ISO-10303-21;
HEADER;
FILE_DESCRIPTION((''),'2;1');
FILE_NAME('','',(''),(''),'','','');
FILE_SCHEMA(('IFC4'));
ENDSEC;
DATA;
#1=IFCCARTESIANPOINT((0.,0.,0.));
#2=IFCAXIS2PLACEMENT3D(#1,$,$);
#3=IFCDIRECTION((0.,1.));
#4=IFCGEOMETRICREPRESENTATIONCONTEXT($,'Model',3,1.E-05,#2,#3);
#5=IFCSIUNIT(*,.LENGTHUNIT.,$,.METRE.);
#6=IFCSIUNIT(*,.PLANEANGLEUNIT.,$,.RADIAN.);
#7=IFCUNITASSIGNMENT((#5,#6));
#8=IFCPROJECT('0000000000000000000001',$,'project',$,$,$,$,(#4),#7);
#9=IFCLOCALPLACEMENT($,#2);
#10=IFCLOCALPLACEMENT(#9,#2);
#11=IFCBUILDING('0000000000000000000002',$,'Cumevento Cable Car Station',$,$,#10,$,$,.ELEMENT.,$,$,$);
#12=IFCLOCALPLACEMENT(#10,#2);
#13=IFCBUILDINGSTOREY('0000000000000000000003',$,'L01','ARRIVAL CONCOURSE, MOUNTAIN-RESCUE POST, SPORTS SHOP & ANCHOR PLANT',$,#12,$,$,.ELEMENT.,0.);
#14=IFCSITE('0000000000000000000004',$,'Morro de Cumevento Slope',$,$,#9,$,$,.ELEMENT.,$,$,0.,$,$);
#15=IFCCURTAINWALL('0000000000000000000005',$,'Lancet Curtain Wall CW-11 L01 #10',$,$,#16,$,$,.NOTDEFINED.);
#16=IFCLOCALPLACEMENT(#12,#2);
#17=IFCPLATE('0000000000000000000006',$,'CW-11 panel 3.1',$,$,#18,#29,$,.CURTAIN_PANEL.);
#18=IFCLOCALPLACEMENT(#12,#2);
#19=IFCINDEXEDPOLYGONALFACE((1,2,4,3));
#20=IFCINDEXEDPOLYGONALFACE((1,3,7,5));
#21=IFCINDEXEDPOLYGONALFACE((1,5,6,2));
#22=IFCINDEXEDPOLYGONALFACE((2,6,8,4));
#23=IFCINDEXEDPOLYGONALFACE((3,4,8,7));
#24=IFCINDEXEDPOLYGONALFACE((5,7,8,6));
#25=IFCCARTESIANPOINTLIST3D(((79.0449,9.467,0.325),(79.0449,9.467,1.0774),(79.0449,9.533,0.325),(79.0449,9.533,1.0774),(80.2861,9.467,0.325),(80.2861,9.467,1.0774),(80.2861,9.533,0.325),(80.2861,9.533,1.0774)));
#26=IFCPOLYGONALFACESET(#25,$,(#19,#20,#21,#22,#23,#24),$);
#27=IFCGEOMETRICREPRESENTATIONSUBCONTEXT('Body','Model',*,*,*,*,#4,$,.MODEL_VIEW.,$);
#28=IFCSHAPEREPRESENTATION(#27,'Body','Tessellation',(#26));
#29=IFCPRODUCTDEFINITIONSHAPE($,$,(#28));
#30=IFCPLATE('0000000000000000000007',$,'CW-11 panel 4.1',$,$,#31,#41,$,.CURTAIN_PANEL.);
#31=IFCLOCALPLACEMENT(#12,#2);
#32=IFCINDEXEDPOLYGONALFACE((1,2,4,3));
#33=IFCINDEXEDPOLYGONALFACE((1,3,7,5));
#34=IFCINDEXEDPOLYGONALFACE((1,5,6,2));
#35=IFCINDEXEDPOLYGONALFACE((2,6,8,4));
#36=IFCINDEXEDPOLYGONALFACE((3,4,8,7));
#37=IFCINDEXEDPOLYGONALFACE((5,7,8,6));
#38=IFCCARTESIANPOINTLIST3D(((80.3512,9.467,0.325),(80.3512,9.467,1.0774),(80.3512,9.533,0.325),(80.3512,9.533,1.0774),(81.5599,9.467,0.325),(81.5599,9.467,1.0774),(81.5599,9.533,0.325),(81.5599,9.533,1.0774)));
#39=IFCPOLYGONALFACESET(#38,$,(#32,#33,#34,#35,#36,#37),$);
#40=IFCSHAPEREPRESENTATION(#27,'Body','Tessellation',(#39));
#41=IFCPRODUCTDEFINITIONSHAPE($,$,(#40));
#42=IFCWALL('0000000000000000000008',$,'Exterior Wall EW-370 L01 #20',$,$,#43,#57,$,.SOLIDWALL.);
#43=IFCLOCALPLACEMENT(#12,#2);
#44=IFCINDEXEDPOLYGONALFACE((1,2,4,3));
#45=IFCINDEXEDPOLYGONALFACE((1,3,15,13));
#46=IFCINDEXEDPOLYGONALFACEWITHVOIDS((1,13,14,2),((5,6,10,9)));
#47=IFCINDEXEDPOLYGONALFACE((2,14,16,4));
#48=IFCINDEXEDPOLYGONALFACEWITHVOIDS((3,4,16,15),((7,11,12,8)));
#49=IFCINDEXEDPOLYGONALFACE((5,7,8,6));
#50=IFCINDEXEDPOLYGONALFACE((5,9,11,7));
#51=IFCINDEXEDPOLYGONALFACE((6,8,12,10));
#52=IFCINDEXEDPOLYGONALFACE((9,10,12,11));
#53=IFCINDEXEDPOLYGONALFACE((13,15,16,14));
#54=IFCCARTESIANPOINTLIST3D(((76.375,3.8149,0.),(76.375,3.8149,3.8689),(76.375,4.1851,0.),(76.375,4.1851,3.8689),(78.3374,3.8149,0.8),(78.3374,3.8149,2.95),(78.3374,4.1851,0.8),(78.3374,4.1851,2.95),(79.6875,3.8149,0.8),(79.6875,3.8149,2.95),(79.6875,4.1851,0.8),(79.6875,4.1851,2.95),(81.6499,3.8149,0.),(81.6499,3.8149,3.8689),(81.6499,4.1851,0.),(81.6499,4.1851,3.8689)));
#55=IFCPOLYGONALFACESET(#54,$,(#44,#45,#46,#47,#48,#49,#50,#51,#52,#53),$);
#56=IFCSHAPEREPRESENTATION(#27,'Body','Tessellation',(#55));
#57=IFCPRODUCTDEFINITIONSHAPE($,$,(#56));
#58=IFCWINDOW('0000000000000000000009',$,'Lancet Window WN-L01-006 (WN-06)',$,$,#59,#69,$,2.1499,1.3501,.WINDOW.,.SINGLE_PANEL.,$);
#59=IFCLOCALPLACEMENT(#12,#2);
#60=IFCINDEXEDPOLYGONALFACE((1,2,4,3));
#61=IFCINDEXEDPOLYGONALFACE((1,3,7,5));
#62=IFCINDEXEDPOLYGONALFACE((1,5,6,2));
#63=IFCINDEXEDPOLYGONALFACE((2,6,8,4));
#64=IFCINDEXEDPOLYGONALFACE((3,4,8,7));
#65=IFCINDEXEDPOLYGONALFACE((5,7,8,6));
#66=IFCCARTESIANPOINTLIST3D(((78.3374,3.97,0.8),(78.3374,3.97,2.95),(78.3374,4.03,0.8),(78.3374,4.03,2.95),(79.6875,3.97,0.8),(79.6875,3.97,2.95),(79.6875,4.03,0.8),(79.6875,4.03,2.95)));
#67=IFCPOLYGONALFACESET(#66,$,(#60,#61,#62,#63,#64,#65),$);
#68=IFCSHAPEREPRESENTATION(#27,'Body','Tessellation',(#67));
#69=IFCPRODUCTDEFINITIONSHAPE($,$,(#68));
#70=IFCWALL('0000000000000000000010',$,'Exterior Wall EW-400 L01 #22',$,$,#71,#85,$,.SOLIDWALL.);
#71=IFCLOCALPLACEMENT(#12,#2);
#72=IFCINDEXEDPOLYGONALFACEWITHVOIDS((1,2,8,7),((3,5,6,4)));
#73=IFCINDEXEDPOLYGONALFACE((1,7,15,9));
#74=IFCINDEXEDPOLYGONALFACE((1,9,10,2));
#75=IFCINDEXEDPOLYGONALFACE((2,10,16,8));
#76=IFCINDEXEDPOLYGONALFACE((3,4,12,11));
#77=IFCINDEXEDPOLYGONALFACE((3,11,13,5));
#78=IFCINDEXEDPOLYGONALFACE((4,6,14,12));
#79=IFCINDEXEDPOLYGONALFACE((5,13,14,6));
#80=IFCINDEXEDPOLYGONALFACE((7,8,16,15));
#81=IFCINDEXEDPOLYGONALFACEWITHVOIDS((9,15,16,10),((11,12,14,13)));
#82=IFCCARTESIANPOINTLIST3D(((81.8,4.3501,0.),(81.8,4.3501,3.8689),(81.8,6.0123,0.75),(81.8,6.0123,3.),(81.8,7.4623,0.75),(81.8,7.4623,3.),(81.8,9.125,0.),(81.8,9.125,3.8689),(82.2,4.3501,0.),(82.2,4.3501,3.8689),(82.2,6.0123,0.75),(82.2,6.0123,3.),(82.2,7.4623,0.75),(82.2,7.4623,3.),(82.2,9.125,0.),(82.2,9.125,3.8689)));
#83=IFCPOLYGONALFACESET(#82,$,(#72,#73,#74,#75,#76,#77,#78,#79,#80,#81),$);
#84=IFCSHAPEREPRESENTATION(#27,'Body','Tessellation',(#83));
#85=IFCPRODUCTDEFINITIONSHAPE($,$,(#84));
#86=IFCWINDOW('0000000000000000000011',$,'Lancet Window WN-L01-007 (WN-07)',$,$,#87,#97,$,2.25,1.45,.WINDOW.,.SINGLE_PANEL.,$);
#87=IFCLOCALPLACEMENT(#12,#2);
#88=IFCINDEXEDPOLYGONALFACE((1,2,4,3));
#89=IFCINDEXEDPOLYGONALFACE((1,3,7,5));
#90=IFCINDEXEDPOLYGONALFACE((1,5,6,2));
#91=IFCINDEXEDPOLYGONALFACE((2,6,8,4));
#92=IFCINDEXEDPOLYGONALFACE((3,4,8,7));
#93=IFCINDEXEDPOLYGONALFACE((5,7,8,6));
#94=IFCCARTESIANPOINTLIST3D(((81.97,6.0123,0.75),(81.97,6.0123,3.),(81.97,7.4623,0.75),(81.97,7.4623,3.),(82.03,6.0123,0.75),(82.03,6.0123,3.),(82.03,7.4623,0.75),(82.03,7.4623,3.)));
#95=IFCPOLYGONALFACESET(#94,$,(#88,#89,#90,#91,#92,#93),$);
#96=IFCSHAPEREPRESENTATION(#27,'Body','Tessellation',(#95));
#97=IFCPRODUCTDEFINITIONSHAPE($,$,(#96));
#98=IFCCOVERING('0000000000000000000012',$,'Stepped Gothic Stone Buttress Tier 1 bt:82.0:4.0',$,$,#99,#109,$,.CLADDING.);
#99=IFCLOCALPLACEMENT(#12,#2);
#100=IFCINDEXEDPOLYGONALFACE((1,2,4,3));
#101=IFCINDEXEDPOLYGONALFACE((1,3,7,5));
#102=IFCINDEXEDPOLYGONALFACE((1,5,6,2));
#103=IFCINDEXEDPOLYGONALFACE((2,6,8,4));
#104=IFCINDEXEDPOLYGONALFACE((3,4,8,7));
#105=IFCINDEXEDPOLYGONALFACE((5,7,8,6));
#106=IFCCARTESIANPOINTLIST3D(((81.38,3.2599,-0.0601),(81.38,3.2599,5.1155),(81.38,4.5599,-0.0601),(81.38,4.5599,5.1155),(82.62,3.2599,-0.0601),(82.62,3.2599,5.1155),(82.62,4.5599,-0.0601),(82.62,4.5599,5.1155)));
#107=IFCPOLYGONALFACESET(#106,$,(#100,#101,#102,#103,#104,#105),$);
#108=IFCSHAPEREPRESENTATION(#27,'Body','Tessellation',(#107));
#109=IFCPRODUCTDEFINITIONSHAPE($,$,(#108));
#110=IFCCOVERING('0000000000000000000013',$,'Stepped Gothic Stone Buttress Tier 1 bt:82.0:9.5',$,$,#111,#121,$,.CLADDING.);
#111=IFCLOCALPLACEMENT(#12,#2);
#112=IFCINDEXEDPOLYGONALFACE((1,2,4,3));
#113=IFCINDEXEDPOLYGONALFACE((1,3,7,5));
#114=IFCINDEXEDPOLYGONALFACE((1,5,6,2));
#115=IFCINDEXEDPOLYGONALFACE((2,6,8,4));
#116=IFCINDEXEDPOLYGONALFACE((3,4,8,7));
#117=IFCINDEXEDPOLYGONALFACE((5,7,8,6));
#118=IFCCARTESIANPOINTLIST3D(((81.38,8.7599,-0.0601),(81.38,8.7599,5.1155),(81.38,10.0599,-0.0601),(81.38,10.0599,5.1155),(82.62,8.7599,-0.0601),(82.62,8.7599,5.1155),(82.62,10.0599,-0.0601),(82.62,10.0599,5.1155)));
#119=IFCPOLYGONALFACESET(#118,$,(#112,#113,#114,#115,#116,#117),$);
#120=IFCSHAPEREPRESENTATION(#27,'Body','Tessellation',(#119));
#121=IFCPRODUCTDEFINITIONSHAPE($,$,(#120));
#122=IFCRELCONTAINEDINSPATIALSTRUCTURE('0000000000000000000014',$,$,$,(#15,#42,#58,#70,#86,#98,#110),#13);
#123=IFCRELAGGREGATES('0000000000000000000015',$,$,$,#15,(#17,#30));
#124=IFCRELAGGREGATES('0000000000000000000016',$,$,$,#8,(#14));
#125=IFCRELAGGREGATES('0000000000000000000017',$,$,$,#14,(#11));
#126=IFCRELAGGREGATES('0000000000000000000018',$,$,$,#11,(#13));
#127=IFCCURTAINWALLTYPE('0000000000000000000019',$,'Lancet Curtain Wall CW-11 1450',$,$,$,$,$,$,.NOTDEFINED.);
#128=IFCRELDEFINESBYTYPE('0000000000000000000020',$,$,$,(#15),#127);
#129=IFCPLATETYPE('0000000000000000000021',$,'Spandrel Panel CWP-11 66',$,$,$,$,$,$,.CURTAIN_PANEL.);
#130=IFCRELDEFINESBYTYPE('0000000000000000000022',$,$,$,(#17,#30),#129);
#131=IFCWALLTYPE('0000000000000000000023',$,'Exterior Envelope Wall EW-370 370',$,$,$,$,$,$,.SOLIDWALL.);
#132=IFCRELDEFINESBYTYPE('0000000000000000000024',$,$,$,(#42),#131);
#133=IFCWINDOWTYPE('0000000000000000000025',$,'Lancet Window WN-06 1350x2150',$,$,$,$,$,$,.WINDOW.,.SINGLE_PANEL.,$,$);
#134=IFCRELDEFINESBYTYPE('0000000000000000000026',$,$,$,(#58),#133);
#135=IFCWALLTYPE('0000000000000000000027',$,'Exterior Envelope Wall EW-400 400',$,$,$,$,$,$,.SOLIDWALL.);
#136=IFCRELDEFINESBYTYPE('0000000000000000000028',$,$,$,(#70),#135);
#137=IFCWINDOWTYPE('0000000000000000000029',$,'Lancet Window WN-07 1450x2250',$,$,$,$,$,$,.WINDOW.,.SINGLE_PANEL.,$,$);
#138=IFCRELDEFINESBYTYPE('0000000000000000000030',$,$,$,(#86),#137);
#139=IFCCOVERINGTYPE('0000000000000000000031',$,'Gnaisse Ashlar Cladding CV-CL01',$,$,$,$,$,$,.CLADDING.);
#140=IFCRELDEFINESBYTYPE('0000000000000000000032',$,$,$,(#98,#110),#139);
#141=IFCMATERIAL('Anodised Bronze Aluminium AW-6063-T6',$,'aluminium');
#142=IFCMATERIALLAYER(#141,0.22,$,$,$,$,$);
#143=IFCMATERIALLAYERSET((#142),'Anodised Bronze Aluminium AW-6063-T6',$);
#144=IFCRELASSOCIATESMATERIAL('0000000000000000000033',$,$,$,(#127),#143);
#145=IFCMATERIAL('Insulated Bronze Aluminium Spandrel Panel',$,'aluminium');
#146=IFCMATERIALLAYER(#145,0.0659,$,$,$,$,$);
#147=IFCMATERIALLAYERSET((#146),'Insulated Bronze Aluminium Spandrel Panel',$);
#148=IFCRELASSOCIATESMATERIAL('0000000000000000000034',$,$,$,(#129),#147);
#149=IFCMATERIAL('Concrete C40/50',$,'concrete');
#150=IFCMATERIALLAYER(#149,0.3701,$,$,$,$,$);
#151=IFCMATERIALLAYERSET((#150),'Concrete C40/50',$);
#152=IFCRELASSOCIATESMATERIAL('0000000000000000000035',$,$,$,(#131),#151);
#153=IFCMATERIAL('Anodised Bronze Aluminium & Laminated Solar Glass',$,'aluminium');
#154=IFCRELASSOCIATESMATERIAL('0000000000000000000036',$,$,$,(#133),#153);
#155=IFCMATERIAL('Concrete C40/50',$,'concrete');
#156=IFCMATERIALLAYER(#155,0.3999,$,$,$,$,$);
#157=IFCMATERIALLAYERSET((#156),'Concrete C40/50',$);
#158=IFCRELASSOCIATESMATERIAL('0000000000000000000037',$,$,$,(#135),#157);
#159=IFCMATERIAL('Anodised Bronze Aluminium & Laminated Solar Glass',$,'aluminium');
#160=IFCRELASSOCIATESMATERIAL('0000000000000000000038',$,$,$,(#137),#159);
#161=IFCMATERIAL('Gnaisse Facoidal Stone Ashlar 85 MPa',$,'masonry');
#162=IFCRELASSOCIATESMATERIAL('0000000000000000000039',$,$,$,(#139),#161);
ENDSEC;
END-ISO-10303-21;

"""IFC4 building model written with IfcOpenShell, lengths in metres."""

from ifc_helpers import new_model, si_unit, direction, frame, frame_2d, origin, origin_2d, place, context, subcontext, project, spatial, rectangle, extrude, material, layer, layer_set, type_object, element, fill, aggregate, save


model = new_model("IFC4")

# Units and contexts
model_context = context("Model", 3, precision=1e-05, world=origin(), true_north=direction((0.0, 1.0)))
body_context = subcontext(model_context, "Body", "Model", "MODEL_VIEW")
ifc_project = project(units=[si_unit("LENGTHUNIT", "METRE"), si_unit("PLANEANGLEUNIT", "RADIAN")], contexts=[model_context])

# Site, building, storey
site_placement = place(None, origin())
site = spatial("IfcSite", under=ifc_project, at=site_placement, Name="Morro de Cumevento Slope", CompositionType="ELEMENT", RefElevation=0.0)
building_placement = place(site_placement, origin())
building = spatial("IfcBuilding", under=site, at=building_placement, Name="Cumevento Cable Car Station", CompositionType="ELEMENT")
storey_placement = place(building_placement, origin())
storey = spatial("IfcBuildingStorey", under=building, at=storey_placement, Name="L01", Description="ARRIVAL CONCOURSE, MOUNTAIN-RESCUE POST, SPORTS SHOP & ANCHOR PLANT", CompositionType="ELEMENT", Elevation=0.0)

# Curtain wall, plates
ifc_material_1 = material(Name="Anodised Bronze Aluminium AW-6063-T6", Category="aluminium")
ifc_layer_1 = layer(ifc_material_1, 0.22)
ifc_layer_set_1 = layer_set([ifc_layer_1], Name="Anodised Bronze Aluminium AW-6063-T6")
curtain_wall_type = type_object("IfcCurtainWallType", Name="Lancet Curtain Wall CW-11 1450", PredefinedType="NOTDEFINED", material=ifc_layer_set_1)
curtain_wall_placement = place(storey_placement, origin())
curtain_wall = element("IfcCurtainWall", 1, at=curtain_wall_placement, inside=storey, type_object=curtain_wall_type, Name="Lancet Curtain Wall CW-11 L01 #10", PredefinedType="NOTDEFINED")
ifc_material_2 = material(Name="Insulated Bronze Aluminium Spandrel Panel", Category="aluminium")
ifc_layer_2 = layer(ifc_material_2, 0.0659)
ifc_layer_set_2 = layer_set([ifc_layer_2], Name="Insulated Bronze Aluminium Spandrel Panel")
plate_type = type_object("IfcPlateType", Name="Spandrel Panel CWP-11 66", PredefinedType="CURTAIN_PANEL", material=ifc_layer_set_2)
plate_1_placement = place(storey_placement, frame((79.6655, 9.5, 0.325), z_axis=(0.0, 0.0, 1.0), x_axis=(1.0, 0.0, 0.0)))
plate_1 = element("IfcPlate", 2, at=plate_1_placement, type_object=plate_type, Name="CW-11 panel 3.1", PredefinedType="CURTAIN_PANEL", context=body_context, shape_type="SweptSolid", body=[
    extrude(rectangle(XDim=1.2412, YDim=0.0659, at=origin_2d()), origin(), (0.0, 0.0, 1.0), 0.7524),
])
plate_2_placement = place(storey_placement, frame((80.9556, 9.5, 0.325), z_axis=(0.0, 0.0, 1.0), x_axis=(1.0, 0.0, 0.0)))
plate_2 = element("IfcPlate", 3, at=plate_2_placement, type_object=plate_type, Name="CW-11 panel 4.1", PredefinedType="CURTAIN_PANEL", context=body_context, shape_type="SweptSolid", body=[
    extrude(rectangle(XDim=1.2087, YDim=0.0659, at=origin_2d()), origin(), (0.0, 0.0, 1.0), 0.7524),
])
aggregate(curtain_wall, [plate_1, plate_2])

# Walls, openings, windows
ifc_material_3 = material(Name="Concrete C40/50", Category="concrete")
ifc_layer_3 = layer(ifc_material_3, 0.3701)
ifc_layer_set_3 = layer_set([ifc_layer_3], Name="Concrete C40/50")
wall_type_1 = type_object("IfcWallType", Name="Exterior Envelope Wall EW-370 370", PredefinedType="SOLIDWALL", material=ifc_layer_set_3)
wall_1_placement = place(storey_placement, frame((81.6499, 4.0, 0.0), z_axis=(0.0, 0.0, 1.0), x_axis=(-1.0, 0.0, 0.0)))
wall_1 = element("IfcWall", 4, at=wall_1_placement, inside=storey, type_object=wall_type_1, Name="Exterior Wall EW-370 L01 #20", PredefinedType="SOLIDWALL", context=body_context, shape_type="SweptSolid", body=[
    extrude(rectangle(XDim=5.2749, YDim=0.3701, at=frame_2d((2.6375, 0.0))), origin(), (0.0, 0.0, 1.0), 3.8689),
])
opening_1_placement = place(wall_1_placement, frame((1.9624, 0.0, 0.8)))
opening_1 = element("IfcOpeningElement", 5, at=opening_1_placement, cuts=wall_1, PredefinedType="OPENING", context=body_context, shape_type="SweptSolid", body=[
    extrude(rectangle(XDim=1.3501, YDim=2.1499, at=frame_2d((0.675, 1.075))), frame((0.0, 0.1951, 0.0), z_axis=(0.0, -1.0, 0.0), x_axis=(1.0, 0.0, 0.0)), (0.0, 0.0, 1.0), 0.3901),
])
ifc_material_4 = material(Name="Anodised Bronze Aluminium & Laminated Solar Glass", Category="aluminium")
window_type_1 = type_object("IfcWindowType", Name="Lancet Window WN-06 1350x2150", PartitioningType="SINGLE_PANEL", PredefinedType="WINDOW", material=ifc_material_4)
window_1_placement = place(opening_1_placement, origin())
window_1 = element("IfcWindow", 6, at=window_1_placement, inside=storey, type_object=window_type_1, Name="Lancet Window WN-L01-006 (WN-06)", OverallHeight=2.1499, OverallWidth=1.3501, PartitioningType="SINGLE_PANEL", PredefinedType="WINDOW", context=body_context, shape_type="SweptSolid", body=[
    extrude(rectangle(XDim=1.3501, YDim=2.1499, at=frame_2d((0.675, 1.075))), frame((0.0, 0.03, 0.0), z_axis=(0.0, -1.0, 0.0), x_axis=(1.0, 0.0, 0.0)), (0.0, 0.0, 1.0), 0.0601),
])
fill(opening_1, window_1)
ifc_material_5 = material(Name="Concrete C40/50", Category="concrete")
ifc_layer_4 = layer(ifc_material_5, 0.3999)
ifc_layer_set_4 = layer_set([ifc_layer_4], Name="Concrete C40/50")
wall_type_2 = type_object("IfcWallType", Name="Exterior Envelope Wall EW-400 400", PredefinedType="SOLIDWALL", material=ifc_layer_set_4)
wall_2_placement = place(storey_placement, frame((82.0, 9.125, 0.0), z_axis=(0.0, 0.0, 1.0), x_axis=(0.0, -1.0, 0.0)))
wall_2 = element("IfcWall", 7, at=wall_2_placement, inside=storey, type_object=wall_type_2, Name="Exterior Wall EW-400 L01 #22", PredefinedType="SOLIDWALL", context=body_context, shape_type="SweptSolid", body=[
    extrude(rectangle(XDim=4.7749, YDim=0.3999, at=frame_2d((2.3875, 0.0))), origin(), (0.0, 0.0, 1.0), 3.8689),
])
opening_2_placement = place(wall_2_placement, frame((1.6626, 0.0, 0.75)))
opening_2 = element("IfcOpeningElement", 8, at=opening_2_placement, cuts=wall_2, PredefinedType="OPENING", context=body_context, shape_type="SweptSolid", body=[
    extrude(rectangle(XDim=1.45, YDim=2.25, at=frame_2d((0.7251, 1.125))), frame((0.0, 0.21, 0.0), z_axis=(0.0, -1.0, 0.0), x_axis=(1.0, 0.0, 0.0)), (0.0, 0.0, 1.0), 0.4199),
])
ifc_material_6 = material(Name="Anodised Bronze Aluminium & Laminated Solar Glass", Category="aluminium")
window_type_2 = type_object("IfcWindowType", Name="Lancet Window WN-07 1450x2250", PartitioningType="SINGLE_PANEL", PredefinedType="WINDOW", material=ifc_material_6)
window_2_placement = place(opening_2_placement, origin())
window_2 = element("IfcWindow", 9, at=window_2_placement, inside=storey, type_object=window_type_2, Name="Lancet Window WN-L01-007 (WN-07)", OverallHeight=2.25, OverallWidth=1.45, PartitioningType="SINGLE_PANEL", PredefinedType="WINDOW", context=body_context, shape_type="SweptSolid", body=[
    extrude(rectangle(XDim=1.45, YDim=2.25, at=frame_2d((0.7251, 1.125))), frame((0.0, 0.03, 0.0), z_axis=(0.0, -1.0, 0.0), x_axis=(1.0, 0.0, 0.0)), (0.0, 0.0, 1.0), 0.0601),
])
fill(opening_2, window_2)

# Coverings
ifc_material_7 = material(Name="Gnaisse Facoidal Stone Ashlar 85 MPa", Category="masonry")
covering_type = type_object("IfcCoveringType", Name="Gnaisse Ashlar Cladding CV-CL01", PredefinedType="CLADDING", material=ifc_material_7)
for number, where, z_axis, x_axis, name in (
    (10, (82.0, 3.9099, -0.0601), (0.0, 0.0, 1.0), (1.0, 0.0, 0.0), "Stepped Gothic Stone Buttress Tier 1 bt:82.0:4.0"),
    (11, (82.0, 9.4099, -0.0601), (0.0, 0.0, 1.0), (1.0, 0.0, 0.0), "Stepped Gothic Stone Buttress Tier 1 bt:82.0:9.5"),
):
    element("IfcCovering", number, at=place(storey_placement, frame(where, z_axis=z_axis, x_axis=x_axis)), inside=storey, type_object=covering_type, Name=name, PredefinedType="CLADDING", context=body_context, shape_type="SweptSolid", body=[
        extrude(rectangle(XDim=1.24, YDim=1.3, at=origin_2d()), origin(), (0.0, 0.0, 1.0), 5.1755),
    ])

save(model, "model.ifc")
